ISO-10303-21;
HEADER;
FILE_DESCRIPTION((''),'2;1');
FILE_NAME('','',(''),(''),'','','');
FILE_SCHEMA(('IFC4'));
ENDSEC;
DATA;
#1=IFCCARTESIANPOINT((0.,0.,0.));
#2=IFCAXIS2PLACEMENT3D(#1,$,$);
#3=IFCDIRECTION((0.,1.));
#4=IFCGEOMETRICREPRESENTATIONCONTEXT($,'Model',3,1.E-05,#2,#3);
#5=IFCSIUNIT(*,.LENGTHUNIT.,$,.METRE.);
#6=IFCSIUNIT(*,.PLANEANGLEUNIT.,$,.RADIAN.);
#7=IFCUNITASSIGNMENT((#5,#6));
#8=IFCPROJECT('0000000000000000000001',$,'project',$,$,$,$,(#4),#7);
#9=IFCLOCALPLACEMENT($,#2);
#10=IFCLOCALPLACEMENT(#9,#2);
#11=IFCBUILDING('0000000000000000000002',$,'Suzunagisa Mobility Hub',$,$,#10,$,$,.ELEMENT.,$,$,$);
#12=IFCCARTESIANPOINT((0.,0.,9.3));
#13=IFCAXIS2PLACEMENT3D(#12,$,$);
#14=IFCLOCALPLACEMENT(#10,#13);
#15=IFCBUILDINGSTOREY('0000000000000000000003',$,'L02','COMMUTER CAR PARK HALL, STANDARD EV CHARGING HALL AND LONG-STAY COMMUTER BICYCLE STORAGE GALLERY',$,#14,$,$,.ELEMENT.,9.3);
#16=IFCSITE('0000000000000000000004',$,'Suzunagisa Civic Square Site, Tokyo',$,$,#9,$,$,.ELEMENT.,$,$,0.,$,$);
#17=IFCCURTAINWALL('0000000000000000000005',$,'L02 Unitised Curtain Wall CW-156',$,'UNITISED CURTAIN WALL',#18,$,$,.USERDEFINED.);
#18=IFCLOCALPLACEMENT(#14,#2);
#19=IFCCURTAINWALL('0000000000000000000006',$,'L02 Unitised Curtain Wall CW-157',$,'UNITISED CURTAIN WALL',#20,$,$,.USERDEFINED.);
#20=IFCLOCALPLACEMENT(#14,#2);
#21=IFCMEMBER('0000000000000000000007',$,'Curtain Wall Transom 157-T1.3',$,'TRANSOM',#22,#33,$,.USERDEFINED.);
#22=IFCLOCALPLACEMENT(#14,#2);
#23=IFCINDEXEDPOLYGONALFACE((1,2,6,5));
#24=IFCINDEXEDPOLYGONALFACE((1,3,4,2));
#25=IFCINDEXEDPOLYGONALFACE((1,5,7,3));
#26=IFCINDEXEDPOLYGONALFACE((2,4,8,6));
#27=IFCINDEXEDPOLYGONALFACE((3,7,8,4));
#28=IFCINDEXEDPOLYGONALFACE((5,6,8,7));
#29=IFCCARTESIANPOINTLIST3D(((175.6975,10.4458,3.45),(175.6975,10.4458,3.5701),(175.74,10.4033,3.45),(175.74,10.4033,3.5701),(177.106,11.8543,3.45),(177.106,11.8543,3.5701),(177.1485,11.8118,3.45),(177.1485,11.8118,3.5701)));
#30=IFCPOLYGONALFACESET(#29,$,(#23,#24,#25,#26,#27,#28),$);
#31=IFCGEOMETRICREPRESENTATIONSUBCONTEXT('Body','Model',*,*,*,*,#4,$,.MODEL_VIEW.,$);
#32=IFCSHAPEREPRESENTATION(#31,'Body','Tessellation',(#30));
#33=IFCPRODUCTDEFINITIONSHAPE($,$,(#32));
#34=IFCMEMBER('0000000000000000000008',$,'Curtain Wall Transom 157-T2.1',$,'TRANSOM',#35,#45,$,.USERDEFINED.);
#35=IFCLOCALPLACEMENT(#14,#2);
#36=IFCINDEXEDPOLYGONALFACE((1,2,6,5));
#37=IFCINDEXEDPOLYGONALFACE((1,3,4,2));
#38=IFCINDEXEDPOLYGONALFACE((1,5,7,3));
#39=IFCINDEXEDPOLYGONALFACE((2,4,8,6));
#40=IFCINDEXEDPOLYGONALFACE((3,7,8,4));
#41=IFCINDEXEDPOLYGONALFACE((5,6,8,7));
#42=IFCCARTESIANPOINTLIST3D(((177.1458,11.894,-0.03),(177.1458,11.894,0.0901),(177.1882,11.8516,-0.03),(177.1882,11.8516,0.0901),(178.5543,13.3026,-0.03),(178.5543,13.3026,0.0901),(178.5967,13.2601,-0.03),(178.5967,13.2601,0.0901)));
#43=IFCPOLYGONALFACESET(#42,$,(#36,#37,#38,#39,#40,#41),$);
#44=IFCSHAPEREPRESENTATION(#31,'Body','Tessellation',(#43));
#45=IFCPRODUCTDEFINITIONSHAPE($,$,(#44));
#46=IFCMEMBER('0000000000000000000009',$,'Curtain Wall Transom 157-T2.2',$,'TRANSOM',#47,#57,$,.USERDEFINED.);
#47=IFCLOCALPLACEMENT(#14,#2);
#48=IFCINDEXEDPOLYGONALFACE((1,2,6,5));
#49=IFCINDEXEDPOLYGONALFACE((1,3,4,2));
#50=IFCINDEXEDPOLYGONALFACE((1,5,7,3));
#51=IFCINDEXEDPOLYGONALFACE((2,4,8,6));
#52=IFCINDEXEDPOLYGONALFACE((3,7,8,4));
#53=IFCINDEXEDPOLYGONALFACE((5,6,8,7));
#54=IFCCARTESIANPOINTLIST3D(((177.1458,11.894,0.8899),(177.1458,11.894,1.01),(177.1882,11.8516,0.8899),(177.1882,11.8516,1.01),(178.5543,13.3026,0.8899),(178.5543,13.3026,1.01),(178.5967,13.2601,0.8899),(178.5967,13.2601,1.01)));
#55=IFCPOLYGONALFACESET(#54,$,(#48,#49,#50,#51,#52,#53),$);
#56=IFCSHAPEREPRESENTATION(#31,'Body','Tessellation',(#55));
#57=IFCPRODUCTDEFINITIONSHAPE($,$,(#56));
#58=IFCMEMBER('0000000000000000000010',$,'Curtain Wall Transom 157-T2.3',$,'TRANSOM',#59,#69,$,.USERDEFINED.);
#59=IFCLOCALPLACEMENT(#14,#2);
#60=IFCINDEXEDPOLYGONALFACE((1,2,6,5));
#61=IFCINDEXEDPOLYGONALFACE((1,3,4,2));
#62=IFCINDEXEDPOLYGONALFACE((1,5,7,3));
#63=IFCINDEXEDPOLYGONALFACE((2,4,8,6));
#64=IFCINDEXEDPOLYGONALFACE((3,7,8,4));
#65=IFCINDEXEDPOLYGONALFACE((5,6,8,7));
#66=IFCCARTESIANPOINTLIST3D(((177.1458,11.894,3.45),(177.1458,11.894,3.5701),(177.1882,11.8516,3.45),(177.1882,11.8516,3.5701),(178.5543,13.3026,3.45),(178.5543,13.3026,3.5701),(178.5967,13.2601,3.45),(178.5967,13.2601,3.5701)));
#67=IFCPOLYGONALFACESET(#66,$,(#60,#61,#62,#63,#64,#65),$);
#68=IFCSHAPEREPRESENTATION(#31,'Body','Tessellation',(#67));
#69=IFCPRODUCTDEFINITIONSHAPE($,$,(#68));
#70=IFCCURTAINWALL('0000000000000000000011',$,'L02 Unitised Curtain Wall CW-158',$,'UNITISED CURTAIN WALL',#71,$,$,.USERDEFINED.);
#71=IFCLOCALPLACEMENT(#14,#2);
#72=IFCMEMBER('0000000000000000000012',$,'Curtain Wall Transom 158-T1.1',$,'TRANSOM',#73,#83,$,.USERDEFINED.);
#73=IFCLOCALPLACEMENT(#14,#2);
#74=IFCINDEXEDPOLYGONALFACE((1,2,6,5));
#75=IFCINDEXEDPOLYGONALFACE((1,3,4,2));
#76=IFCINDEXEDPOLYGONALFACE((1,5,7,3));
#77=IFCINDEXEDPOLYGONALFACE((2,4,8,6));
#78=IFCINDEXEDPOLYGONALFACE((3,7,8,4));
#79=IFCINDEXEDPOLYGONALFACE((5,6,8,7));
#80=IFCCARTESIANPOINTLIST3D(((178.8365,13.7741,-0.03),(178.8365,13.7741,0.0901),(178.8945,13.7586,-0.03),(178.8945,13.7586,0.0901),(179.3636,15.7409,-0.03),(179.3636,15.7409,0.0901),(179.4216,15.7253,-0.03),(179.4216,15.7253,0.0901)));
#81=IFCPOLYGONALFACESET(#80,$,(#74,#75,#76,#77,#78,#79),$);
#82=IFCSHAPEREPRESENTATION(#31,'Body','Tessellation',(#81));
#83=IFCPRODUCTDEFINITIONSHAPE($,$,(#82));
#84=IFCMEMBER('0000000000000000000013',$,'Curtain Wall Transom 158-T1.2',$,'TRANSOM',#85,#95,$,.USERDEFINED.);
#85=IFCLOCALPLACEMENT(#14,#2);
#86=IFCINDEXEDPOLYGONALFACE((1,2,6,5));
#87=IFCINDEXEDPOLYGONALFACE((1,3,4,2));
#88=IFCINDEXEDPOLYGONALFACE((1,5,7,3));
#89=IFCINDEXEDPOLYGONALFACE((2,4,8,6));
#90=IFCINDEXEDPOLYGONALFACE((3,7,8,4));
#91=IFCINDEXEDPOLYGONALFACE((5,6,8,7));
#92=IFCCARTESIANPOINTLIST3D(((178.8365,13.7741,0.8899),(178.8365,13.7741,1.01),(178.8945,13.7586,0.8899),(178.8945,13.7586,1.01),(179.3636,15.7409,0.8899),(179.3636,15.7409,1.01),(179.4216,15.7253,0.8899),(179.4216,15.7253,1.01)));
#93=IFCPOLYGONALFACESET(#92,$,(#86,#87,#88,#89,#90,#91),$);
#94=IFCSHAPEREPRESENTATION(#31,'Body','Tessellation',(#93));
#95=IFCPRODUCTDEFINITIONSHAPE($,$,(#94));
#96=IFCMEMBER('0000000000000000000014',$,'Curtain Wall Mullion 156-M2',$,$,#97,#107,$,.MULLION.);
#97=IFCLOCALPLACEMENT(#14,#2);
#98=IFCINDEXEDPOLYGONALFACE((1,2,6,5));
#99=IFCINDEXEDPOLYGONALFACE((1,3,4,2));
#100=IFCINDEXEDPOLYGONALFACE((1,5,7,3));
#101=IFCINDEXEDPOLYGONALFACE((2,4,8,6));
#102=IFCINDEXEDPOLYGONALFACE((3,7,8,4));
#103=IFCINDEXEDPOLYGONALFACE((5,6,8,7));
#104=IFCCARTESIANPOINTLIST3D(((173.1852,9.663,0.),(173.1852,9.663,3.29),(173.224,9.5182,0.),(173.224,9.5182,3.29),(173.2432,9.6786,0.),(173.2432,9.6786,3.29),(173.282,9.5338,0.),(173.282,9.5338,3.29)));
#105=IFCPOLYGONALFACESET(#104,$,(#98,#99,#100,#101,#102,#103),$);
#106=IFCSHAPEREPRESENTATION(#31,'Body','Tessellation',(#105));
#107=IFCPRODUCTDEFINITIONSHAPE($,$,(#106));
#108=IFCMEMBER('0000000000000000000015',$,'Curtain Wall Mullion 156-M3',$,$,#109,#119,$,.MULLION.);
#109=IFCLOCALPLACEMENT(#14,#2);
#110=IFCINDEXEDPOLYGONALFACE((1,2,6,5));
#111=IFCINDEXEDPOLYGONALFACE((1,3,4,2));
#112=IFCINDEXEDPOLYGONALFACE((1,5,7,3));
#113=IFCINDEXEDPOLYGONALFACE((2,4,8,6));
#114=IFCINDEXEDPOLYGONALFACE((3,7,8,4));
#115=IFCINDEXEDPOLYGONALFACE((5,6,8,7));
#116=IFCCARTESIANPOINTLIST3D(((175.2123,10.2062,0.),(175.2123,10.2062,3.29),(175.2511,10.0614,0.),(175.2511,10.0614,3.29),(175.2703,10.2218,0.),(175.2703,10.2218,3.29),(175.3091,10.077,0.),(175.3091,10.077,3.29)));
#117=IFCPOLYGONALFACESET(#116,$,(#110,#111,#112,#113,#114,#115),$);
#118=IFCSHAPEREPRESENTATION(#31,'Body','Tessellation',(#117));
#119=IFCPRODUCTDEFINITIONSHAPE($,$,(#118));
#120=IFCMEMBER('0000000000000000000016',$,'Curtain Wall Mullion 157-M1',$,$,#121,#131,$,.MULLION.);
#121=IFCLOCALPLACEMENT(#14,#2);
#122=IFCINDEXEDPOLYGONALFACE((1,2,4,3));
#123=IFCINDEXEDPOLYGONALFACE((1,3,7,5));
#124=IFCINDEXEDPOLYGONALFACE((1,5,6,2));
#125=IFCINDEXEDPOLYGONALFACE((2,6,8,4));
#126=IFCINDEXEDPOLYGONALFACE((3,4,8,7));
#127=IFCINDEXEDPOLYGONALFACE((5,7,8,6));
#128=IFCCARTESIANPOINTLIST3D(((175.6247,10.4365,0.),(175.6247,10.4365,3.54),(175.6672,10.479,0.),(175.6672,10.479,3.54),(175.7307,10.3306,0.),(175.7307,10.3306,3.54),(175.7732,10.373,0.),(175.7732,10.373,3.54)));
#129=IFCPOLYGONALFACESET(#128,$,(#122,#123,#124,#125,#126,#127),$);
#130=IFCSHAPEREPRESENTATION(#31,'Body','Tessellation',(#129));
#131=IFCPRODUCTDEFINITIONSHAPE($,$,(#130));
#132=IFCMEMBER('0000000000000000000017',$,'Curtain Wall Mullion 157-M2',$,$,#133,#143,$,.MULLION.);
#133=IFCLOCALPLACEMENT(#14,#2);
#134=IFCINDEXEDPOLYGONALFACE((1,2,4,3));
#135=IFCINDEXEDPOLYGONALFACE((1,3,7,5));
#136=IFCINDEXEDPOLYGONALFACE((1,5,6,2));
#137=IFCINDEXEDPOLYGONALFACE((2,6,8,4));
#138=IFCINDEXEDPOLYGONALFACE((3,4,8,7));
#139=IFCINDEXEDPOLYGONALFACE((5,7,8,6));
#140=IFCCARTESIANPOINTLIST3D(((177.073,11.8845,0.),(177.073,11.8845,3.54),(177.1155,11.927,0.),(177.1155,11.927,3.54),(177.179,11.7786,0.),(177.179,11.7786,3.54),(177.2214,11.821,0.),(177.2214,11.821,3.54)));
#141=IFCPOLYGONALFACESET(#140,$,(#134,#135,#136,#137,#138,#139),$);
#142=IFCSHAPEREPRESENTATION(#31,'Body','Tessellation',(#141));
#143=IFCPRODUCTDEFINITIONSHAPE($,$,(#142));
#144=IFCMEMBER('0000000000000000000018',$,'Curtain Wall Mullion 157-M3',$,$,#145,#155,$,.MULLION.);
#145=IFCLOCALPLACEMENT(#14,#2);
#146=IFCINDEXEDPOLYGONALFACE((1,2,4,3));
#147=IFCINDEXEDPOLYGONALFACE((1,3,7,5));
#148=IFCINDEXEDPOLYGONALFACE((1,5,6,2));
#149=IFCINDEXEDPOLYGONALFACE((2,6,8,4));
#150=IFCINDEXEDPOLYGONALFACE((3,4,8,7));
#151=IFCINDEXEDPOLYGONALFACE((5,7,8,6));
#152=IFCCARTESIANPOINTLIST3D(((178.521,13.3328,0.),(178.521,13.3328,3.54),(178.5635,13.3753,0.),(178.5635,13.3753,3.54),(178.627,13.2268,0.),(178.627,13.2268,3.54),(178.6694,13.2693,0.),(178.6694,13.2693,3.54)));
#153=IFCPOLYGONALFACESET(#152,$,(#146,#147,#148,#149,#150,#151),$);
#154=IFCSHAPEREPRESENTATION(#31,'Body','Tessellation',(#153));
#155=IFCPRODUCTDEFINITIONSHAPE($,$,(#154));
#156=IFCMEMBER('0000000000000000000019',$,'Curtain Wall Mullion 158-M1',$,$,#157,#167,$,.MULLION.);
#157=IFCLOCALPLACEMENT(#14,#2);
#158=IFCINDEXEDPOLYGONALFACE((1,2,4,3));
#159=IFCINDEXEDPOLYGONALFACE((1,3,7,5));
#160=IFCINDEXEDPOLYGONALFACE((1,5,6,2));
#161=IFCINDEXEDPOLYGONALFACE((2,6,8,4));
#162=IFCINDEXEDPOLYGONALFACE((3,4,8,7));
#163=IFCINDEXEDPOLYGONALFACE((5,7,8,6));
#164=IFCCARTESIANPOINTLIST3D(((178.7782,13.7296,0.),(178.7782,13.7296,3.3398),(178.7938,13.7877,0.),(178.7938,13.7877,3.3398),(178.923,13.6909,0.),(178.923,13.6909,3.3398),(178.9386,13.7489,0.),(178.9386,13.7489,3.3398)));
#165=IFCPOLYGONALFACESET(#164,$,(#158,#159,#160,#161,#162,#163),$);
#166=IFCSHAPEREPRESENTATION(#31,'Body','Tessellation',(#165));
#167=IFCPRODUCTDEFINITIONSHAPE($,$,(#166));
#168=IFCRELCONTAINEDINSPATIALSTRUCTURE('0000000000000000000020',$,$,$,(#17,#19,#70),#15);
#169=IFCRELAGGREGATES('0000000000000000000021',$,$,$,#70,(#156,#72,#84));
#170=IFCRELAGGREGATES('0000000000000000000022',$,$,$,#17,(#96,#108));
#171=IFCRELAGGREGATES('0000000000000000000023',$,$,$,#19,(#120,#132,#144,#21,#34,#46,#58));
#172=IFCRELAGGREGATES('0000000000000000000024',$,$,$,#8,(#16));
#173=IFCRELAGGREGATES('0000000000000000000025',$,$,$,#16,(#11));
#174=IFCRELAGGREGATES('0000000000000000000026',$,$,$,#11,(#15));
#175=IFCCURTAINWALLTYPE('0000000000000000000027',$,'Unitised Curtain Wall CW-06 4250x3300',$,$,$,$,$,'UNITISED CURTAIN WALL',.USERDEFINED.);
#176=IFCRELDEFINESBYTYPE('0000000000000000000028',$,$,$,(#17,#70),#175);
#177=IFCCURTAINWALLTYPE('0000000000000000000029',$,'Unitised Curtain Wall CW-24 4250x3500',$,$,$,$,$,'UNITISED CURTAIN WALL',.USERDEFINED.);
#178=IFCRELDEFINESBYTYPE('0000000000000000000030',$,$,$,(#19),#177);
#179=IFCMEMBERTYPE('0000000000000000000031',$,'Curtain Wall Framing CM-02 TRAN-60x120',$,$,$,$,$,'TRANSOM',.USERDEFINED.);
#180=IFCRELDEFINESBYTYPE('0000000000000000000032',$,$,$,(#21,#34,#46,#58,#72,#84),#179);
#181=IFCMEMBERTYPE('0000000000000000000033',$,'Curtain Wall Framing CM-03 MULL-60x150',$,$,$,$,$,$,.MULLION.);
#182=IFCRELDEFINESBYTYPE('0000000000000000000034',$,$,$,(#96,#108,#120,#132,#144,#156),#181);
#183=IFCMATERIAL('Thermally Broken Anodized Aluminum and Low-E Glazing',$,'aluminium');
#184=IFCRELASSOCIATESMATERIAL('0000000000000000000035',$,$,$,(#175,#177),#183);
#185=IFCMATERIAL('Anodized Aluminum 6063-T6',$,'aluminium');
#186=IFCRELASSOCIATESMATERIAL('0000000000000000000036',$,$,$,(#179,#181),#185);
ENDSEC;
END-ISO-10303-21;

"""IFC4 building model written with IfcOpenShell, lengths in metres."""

from ifc_helpers import new_model, si_unit, direction, frame, origin, origin_2d, place, context, subcontext, project, spatial, rectangle, extrude, material, material_profile, profile_set, type_object, element, aggregate, save


model = new_model("IFC4")

# Units and contexts
model_context = context("Model", 3, precision=1e-05, world=origin(), true_north=direction((0.0, 1.0)))
body_context = subcontext(model_context, "Body", "Model", "MODEL_VIEW")
ifc_project = project(units=[si_unit("LENGTHUNIT", "METRE"), si_unit("PLANEANGLEUNIT", "RADIAN")], contexts=[model_context])

# Site, building, storey
site_placement = place(None, origin())
site = spatial("IfcSite", under=ifc_project, at=site_placement, Name="Suzunagisa Civic Square Site, Tokyo", CompositionType="ELEMENT", RefElevation=0.0)
building_placement = place(site_placement, origin())
building = spatial("IfcBuilding", under=site, at=building_placement, Name="Suzunagisa Mobility Hub", CompositionType="ELEMENT")
storey_placement = place(building_placement, frame((0.0, 0.0, 9.3)))
storey = spatial("IfcBuildingStorey", under=building, at=storey_placement, Name="L02", Description="COMMUTER CAR PARK HALL, STANDARD EV CHARGING HALL AND LONG-STAY COMMUTER BICYCLE STORAGE GALLERY", CompositionType="ELEMENT", Elevation=9.3)

# Curtain walls, members
ifc_material_1 = material(Name="Thermally Broken Anodized Aluminum and Low-E Glazing", Category="aluminium")
curtain_wall_type_1 = type_object("IfcCurtainWallType", Name="Unitised Curtain Wall CW-06 4250x3300", ElementType="UNITISED CURTAIN WALL", PredefinedType="USERDEFINED", material=ifc_material_1)
curtain_wall_1_placement = place(storey_placement, origin())
curtain_wall_1 = element("IfcCurtainWall", 1, at=curtain_wall_1_placement, inside=storey, type_object=curtain_wall_type_1, Name="L02 Unitised Curtain Wall CW-156", ObjectType="UNITISED CURTAIN WALL", PredefinedType="USERDEFINED")
ifc_material_2 = material(Name="Anodized Aluminum 6063-T6", Category="aluminium")
ifc_material_profile_1 = material_profile(ifc_material_2, rectangle(XDim=0.0601, YDim=0.1201, at=origin_2d()), Name="TRAN-60x120")
ifc_profile_set_1 = profile_set([ifc_material_profile_1], Name="Anodized Aluminum 6063-T6")
member_type_1 = type_object("IfcMemberType", Name="Curtain Wall Framing CM-02 TRAN-60x120", ElementType="TRANSOM", PredefinedType="USERDEFINED", material=ifc_profile_set_1)
curtain_wall_type_2 = type_object("IfcCurtainWallType", Name="Unitised Curtain Wall CW-24 4250x3500", ElementType="UNITISED CURTAIN WALL", PredefinedType="USERDEFINED", material=ifc_material_1)
curtain_wall_2_placement = place(storey_placement, origin())
curtain_wall_2 = element("IfcCurtainWall", 2, at=curtain_wall_2_placement, inside=storey, type_object=curtain_wall_type_2, Name="L02 Unitised Curtain Wall CW-157", ObjectType="UNITISED CURTAIN WALL", PredefinedType="USERDEFINED")
member_1_placement = place(storey_placement, frame((175.7188, 10.4246, 3.51), z_axis=(0.707107, 0.707107, 0.0), x_axis=(-0.707107, 0.707107, 0.0)))
member_1 = element("IfcMember", 3, at=member_1_placement, type_object=member_type_1, Name="Curtain Wall Transom 157-T1.3", ObjectType="TRANSOM", PredefinedType="USERDEFINED", context=body_context, shape_type="SweptSolid", body=[
    extrude(rectangle(XDim=0.0601, YDim=0.1201, at=origin_2d()), origin(), (0.0, 0.0, 1.0), 1.9919),
])
member_2_placement = place(storey_placement, frame((177.167, 11.8728, 0.03), z_axis=(0.707107, 0.707107, 0.0), x_axis=(-0.707107, 0.707107, 0.0)))
member_2 = element("IfcMember", 4, at=member_2_placement, type_object=member_type_1, Name="Curtain Wall Transom 157-T2.1", ObjectType="TRANSOM", PredefinedType="USERDEFINED", context=body_context, shape_type="SweptSolid", body=[
    extrude(rectangle(XDim=0.0601, YDim=0.1201, at=origin_2d()), origin(), (0.0, 0.0, 1.0), 1.9919),
])
member_3_placement = place(storey_placement, frame((177.167, 11.8728, 0.95), z_axis=(0.707107, 0.707107, 0.0), x_axis=(-0.707107, 0.707107, 0.0)))
member_3 = element("IfcMember", 5, at=member_3_placement, type_object=member_type_1, Name="Curtain Wall Transom 157-T2.2", ObjectType="TRANSOM", PredefinedType="USERDEFINED", context=body_context, shape_type="SweptSolid", body=[
    extrude(rectangle(XDim=0.0601, YDim=0.1201, at=origin_2d()), origin(), (0.0, 0.0, 1.0), 1.9919),
])
member_4_placement = place(storey_placement, frame((177.167, 11.8728, 3.51), z_axis=(0.707107, 0.707107, 0.0), x_axis=(-0.707107, 0.707107, 0.0)))
member_4 = element("IfcMember", 6, at=member_4_placement, type_object=member_type_1, Name="Curtain Wall Transom 157-T2.3", ObjectType="TRANSOM", PredefinedType="USERDEFINED", context=body_context, shape_type="SweptSolid", body=[
    extrude(rectangle(XDim=0.0601, YDim=0.1201, at=origin_2d()), origin(), (0.0, 0.0, 1.0), 1.9919),
])
curtain_wall_3_placement = place(storey_placement, origin())
curtain_wall_3 = element("IfcCurtainWall", 7, at=curtain_wall_3_placement, inside=storey, type_object=curtain_wall_type_1, Name="L02 Unitised Curtain Wall CW-158", ObjectType="UNITISED CURTAIN WALL", PredefinedType="USERDEFINED")
member_5_placement = place(storey_placement, frame((178.8655, 13.7664, 0.03), z_axis=(0.258864, 0.965914, 0.0), x_axis=(-0.965914, 0.258864, 0.0)))
member_5 = element("IfcMember", 8, at=member_5_placement, type_object=member_type_1, Name="Curtain Wall Transom 158-T1.1", ObjectType="TRANSOM", PredefinedType="USERDEFINED", context=body_context, shape_type="SweptSolid", body=[
    extrude(rectangle(XDim=0.0601, YDim=0.1201, at=origin_2d()), origin(), (0.0, 0.0, 1.0), 2.0361),
])
member_6_placement = place(storey_placement, frame((178.8655, 13.7664, 0.95), z_axis=(0.258864, 0.965914, 0.0), x_axis=(-0.965914, 0.258864, 0.0)))
member_6 = element("IfcMember", 9, at=member_6_placement, type_object=member_type_1, Name="Curtain Wall Transom 158-T1.2", ObjectType="TRANSOM", PredefinedType="USERDEFINED", context=body_context, shape_type="SweptSolid", body=[
    extrude(rectangle(XDim=0.0601, YDim=0.1201, at=origin_2d()), origin(), (0.0, 0.0, 1.0), 2.0361),
])

# Members
ifc_material_profile_2 = material_profile(ifc_material_2, rectangle(XDim=0.0601, YDim=0.1499, at=origin_2d()), Name="MULL-60x150")
ifc_profile_set_2 = profile_set([ifc_material_profile_2], Name="Anodized Aluminum 6063-T6")
member_type_2 = type_object("IfcMemberType", Name="Curtain Wall Framing CM-03 MULL-60x150", PredefinedType="MULLION", material=ifc_profile_set_2)
member_7_placement = place(storey_placement, frame((173.2336, 9.5984, 0.0), z_axis=(0.0, 0.0, 1.0), x_axis=(0.965924, 0.258828, 0.0)))
member_7 = element("IfcMember", 10, at=member_7_placement, type_object=member_type_2, Name="Curtain Wall Mullion 156-M2", PredefinedType="MULLION", context=body_context, shape_type="SweptSolid", body=[
    extrude(rectangle(XDim=0.0601, YDim=0.1499, at=origin_2d()), origin(), (0.0, 0.0, 1.0), 3.29),
])
member_8_placement = place(storey_placement, frame((175.2607, 10.1416, 0.0), z_axis=(0.0, 0.0, 1.0), x_axis=(0.965924, 0.258828, 0.0)))
member_8 = element("IfcMember", 11, at=member_8_placement, type_object=member_type_2, Name="Curtain Wall Mullion 156-M3", PredefinedType="MULLION", context=body_context, shape_type="SweptSolid", body=[
    extrude(rectangle(XDim=0.0601, YDim=0.1499, at=origin_2d()), origin(), (0.0, 0.0, 1.0), 3.29),
])
member_9_placement = place(storey_placement, frame((175.699, 10.4048, 0.0), z_axis=(0.0, 0.0, 1.0), x_axis=(0.707107, 0.707107, 0.0)))
member_9 = element("IfcMember", 12, at=member_9_placement, type_object=member_type_2, Name="Curtain Wall Mullion 157-M1", PredefinedType="MULLION", context=body_context, shape_type="SweptSolid", body=[
    extrude(rectangle(XDim=0.0601, YDim=0.1499, at=origin_2d()), origin(), (0.0, 0.0, 1.0), 3.54),
])
member_10_placement = place(storey_placement, frame((177.1472, 11.8528, 0.0), z_axis=(0.0, 0.0, 1.0), x_axis=(0.707107, 0.707107, 0.0)))
member_10 = element("IfcMember", 13, at=member_10_placement, type_object=member_type_2, Name="Curtain Wall Mullion 157-M2", PredefinedType="MULLION", context=body_context, shape_type="SweptSolid", body=[
    extrude(rectangle(XDim=0.0601, YDim=0.1499, at=origin_2d()), origin(), (0.0, 0.0, 1.0), 3.54),
])
member_11_placement = place(storey_placement, frame((178.5952, 13.301, 0.0), z_axis=(0.0, 0.0, 1.0), x_axis=(0.707107, 0.707107, 0.0)))
member_11 = element("IfcMember", 14, at=member_11_placement, type_object=member_type_2, Name="Curtain Wall Mullion 157-M3", PredefinedType="MULLION", context=body_context, shape_type="SweptSolid", body=[
    extrude(rectangle(XDim=0.0601, YDim=0.1499, at=origin_2d()), origin(), (0.0, 0.0, 1.0), 3.54),
])
member_12_placement = place(storey_placement, frame((178.8584, 13.7393, 0.0), z_axis=(0.0, 0.0, 1.0), x_axis=(0.258811, 0.965928, 0.0)))
member_12 = element("IfcMember", 15, at=member_12_placement, type_object=member_type_2, Name="Curtain Wall Mullion 158-M1", PredefinedType="MULLION", context=body_context, shape_type="SweptSolid", body=[
    extrude(rectangle(XDim=0.0601, YDim=0.1499, at=origin_2d()), origin(), (0.0, 0.0, 1.0), 3.3398),
])
aggregate(curtain_wall_3, [member_12, member_5, member_6])

aggregate(curtain_wall_1, [member_7, member_8])
aggregate(curtain_wall_2, [member_9, member_10, member_11, member_1, member_2, member_3, member_4])

save(model, "model.ifc")
